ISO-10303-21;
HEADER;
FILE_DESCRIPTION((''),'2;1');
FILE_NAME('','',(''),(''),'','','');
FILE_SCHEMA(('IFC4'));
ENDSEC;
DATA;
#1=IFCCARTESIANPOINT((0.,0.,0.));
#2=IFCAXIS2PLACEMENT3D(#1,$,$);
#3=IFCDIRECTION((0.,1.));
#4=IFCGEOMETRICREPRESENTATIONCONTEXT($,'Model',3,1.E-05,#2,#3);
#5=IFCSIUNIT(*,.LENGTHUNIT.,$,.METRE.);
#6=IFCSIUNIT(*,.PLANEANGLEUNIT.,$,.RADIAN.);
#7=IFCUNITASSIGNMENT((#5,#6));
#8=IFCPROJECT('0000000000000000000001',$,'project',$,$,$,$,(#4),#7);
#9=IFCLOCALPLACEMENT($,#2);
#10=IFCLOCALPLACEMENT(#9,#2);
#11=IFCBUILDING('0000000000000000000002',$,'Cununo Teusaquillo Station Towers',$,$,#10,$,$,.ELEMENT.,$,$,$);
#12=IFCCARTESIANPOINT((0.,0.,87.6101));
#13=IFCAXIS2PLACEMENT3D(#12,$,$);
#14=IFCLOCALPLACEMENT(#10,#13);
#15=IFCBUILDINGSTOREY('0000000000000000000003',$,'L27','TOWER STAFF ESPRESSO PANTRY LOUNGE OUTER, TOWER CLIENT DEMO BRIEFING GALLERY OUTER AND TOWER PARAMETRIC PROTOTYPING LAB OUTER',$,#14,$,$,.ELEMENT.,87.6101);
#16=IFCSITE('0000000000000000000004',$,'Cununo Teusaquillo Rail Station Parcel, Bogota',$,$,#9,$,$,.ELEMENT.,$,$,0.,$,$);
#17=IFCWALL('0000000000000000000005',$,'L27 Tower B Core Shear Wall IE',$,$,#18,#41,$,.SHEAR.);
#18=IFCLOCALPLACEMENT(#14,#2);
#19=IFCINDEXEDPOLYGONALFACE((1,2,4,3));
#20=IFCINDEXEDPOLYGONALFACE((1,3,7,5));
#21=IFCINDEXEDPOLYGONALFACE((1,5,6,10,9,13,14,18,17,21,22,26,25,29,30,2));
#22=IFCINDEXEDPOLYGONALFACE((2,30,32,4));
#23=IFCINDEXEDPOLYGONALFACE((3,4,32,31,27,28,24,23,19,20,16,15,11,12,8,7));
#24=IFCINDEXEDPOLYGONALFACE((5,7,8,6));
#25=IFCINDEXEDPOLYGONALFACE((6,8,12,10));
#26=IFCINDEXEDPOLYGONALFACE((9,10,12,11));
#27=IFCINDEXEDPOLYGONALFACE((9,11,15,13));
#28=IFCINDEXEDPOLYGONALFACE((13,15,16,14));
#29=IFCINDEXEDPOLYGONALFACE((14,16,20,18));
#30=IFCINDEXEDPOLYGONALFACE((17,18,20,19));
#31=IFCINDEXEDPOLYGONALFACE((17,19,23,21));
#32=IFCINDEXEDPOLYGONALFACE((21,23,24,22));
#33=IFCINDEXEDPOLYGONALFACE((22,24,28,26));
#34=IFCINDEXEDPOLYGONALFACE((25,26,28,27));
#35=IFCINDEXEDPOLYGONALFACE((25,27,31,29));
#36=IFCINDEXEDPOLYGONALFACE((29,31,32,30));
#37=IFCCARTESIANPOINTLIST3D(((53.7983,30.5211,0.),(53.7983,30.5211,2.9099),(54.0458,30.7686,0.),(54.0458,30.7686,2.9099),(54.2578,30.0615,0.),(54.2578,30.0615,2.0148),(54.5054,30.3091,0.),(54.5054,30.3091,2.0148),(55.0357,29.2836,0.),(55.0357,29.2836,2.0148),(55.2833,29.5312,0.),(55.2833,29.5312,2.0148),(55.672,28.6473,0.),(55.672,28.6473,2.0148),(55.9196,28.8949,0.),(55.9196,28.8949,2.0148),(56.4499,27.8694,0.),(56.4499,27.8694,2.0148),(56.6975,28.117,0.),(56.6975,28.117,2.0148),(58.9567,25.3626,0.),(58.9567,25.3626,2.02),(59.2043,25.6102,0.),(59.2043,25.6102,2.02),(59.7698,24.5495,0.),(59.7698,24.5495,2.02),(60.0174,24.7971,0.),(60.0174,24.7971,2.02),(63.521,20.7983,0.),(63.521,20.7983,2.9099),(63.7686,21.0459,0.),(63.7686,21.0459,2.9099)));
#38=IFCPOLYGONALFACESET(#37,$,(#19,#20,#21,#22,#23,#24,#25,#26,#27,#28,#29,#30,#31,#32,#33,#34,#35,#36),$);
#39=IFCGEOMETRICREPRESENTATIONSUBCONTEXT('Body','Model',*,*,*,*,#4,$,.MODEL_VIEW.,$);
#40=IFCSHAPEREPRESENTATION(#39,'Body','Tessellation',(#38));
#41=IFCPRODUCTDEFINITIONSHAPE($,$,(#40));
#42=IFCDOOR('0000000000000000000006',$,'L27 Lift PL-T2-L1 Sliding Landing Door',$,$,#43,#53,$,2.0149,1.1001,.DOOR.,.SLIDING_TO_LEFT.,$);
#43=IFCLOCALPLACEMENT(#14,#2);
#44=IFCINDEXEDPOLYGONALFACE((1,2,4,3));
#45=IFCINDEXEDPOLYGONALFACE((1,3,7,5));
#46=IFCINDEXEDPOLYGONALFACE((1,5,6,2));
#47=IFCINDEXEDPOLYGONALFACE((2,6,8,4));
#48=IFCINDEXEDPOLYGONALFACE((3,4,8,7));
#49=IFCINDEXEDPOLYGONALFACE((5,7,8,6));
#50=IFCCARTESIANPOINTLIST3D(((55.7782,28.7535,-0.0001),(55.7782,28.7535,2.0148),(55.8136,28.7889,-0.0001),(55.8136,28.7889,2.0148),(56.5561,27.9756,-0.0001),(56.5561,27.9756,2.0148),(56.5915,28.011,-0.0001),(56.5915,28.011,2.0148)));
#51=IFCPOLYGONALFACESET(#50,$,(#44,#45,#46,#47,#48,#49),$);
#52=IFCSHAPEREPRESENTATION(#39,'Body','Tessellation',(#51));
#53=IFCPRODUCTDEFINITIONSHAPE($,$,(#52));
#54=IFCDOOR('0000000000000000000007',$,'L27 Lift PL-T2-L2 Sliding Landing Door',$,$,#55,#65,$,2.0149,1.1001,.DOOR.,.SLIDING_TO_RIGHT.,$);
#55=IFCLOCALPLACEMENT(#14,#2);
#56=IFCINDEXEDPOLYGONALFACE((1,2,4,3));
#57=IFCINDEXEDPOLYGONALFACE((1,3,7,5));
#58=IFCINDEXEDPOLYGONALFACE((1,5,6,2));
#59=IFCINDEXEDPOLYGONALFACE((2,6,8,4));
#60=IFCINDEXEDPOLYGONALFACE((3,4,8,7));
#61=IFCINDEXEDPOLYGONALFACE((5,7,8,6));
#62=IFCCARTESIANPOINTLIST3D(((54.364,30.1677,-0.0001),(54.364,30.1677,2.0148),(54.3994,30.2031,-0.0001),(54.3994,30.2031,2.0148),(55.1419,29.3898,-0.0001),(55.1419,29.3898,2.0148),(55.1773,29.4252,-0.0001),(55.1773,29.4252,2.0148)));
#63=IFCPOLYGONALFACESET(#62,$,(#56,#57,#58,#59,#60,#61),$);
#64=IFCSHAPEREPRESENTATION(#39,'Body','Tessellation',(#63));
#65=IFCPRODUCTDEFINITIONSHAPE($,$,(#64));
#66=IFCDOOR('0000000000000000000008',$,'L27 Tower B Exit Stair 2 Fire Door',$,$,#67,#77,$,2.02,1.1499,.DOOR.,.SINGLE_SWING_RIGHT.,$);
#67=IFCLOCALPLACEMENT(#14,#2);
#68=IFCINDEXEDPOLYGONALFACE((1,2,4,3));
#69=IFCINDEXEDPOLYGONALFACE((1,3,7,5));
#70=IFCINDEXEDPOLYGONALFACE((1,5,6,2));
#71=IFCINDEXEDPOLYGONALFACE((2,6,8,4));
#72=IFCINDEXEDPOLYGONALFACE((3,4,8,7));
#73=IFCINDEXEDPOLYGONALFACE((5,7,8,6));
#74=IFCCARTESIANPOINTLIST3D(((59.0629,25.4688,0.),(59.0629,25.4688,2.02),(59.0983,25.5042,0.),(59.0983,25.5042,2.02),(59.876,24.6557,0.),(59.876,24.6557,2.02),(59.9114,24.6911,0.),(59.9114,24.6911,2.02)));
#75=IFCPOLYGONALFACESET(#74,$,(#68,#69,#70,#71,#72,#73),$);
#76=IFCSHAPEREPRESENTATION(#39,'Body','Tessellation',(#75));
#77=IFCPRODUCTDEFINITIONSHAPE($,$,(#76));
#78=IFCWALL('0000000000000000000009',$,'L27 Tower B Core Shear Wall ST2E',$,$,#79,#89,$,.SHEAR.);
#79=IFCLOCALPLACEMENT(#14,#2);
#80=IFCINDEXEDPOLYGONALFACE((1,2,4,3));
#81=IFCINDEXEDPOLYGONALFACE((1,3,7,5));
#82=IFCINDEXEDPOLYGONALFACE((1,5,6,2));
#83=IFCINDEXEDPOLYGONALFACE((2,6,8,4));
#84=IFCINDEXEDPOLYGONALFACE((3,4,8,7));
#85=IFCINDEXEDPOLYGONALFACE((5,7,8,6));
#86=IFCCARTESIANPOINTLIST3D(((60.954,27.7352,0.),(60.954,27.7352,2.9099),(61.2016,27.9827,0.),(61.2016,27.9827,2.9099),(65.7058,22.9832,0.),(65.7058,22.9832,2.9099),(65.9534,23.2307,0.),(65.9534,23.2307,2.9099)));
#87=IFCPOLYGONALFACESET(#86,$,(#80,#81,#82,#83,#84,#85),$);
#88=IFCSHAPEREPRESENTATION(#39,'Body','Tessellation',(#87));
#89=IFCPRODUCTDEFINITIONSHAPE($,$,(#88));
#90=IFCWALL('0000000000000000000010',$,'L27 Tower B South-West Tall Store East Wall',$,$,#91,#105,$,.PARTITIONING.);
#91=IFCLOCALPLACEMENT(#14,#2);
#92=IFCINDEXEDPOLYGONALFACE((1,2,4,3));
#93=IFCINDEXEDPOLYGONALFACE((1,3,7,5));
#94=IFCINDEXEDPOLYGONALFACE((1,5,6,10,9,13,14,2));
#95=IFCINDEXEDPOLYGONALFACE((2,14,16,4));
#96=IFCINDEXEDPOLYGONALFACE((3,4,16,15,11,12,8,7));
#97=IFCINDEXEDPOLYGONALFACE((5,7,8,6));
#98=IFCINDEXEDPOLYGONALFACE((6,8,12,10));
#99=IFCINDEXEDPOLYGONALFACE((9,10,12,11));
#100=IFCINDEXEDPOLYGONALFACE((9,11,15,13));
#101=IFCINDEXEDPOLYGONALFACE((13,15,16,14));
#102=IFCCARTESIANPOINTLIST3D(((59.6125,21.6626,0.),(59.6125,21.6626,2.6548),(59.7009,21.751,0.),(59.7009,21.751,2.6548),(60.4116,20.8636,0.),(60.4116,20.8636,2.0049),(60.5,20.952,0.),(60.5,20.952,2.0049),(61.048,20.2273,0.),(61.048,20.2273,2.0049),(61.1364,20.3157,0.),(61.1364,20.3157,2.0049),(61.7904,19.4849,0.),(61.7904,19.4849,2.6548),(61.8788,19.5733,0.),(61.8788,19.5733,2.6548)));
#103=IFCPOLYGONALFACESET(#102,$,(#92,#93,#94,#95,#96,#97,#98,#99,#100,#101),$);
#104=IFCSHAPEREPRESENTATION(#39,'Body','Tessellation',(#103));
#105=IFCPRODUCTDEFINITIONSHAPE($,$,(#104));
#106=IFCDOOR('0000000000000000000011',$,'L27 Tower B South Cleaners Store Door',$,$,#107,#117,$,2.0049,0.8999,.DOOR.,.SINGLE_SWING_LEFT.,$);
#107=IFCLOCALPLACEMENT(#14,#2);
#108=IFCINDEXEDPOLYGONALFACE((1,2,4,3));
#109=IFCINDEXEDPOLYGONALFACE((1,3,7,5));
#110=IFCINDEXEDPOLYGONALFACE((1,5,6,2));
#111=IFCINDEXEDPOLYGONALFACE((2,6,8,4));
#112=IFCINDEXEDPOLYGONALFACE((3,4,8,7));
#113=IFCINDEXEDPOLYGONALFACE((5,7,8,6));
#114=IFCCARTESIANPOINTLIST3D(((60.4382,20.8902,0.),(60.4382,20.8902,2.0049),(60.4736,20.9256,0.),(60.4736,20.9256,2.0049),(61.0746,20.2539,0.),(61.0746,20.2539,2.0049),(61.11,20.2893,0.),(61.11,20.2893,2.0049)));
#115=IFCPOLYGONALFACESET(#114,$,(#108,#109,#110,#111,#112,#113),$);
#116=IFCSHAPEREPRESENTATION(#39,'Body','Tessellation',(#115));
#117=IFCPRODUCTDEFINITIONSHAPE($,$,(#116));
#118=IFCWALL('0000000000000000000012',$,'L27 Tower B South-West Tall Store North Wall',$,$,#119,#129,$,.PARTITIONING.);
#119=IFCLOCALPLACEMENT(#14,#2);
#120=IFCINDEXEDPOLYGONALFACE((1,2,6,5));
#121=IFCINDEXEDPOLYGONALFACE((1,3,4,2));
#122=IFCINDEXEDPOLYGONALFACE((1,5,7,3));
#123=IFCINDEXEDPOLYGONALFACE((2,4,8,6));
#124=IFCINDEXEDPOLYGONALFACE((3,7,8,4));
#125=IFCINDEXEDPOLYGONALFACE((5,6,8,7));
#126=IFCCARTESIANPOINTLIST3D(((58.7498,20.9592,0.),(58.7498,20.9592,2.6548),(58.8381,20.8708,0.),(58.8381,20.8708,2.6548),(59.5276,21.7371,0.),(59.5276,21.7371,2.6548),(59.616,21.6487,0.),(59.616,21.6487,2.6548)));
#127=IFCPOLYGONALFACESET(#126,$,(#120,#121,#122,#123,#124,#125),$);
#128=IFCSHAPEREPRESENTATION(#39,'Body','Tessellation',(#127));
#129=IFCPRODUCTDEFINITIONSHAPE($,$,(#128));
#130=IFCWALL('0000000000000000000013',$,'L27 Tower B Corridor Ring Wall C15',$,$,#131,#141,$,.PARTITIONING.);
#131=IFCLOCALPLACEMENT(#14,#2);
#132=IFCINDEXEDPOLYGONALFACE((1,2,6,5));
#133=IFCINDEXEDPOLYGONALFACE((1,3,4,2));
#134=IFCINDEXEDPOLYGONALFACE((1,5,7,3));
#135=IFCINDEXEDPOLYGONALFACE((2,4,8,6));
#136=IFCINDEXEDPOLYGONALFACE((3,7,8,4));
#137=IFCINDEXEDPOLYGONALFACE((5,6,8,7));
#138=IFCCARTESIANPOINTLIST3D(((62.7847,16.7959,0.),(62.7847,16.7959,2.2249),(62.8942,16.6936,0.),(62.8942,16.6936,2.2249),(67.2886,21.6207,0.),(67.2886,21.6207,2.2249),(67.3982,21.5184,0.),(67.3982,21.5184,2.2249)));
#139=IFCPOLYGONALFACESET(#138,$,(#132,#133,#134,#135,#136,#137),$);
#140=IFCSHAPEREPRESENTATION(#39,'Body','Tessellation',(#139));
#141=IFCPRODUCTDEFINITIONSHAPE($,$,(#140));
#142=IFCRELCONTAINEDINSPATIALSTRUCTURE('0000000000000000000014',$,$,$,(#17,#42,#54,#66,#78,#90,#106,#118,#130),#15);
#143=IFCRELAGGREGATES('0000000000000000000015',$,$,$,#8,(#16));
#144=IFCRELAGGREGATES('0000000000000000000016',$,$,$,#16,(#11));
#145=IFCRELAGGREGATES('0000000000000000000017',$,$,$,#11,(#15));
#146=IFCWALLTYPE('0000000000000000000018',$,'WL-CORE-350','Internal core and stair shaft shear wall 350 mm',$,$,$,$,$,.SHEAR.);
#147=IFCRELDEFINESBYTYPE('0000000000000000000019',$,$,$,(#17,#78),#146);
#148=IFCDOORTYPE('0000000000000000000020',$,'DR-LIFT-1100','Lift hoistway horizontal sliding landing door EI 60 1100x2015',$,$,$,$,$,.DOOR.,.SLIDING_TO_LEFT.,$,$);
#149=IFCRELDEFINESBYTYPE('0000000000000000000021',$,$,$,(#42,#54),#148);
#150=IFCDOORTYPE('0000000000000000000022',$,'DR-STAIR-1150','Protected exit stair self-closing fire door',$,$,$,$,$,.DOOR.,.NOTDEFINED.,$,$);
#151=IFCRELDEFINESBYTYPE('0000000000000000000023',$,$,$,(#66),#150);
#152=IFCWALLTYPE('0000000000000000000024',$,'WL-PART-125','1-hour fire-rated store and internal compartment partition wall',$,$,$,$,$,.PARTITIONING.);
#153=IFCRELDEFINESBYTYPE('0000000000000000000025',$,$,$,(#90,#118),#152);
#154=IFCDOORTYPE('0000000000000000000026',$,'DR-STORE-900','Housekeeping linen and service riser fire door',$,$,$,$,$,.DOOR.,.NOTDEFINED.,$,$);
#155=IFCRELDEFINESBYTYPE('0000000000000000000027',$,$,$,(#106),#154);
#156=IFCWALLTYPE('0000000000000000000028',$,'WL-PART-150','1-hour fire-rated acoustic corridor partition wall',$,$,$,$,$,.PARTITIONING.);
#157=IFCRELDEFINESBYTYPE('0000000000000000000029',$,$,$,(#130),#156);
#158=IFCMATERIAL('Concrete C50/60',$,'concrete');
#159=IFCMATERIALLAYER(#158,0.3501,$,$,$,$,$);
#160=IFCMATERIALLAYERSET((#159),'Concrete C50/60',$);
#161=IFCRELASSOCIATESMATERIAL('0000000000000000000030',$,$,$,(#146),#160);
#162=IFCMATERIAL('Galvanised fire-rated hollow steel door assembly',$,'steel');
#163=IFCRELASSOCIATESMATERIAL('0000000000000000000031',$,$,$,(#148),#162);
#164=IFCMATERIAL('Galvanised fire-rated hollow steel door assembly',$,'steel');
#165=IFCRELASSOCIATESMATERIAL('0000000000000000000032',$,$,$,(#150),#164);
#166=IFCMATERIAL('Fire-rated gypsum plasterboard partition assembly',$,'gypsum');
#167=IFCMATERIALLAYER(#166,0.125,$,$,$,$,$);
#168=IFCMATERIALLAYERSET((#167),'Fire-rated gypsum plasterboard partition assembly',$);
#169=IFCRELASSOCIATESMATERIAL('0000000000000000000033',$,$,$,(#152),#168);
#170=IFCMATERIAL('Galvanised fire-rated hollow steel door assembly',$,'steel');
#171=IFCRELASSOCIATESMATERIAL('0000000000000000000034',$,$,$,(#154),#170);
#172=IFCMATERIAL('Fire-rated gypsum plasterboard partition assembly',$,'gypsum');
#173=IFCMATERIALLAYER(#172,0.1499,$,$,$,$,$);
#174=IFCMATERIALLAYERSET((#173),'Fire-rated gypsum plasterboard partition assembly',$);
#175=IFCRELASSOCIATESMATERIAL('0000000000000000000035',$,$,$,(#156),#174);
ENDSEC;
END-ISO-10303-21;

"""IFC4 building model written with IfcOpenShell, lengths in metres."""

from ifc_helpers import new_model, si_unit, direction, frame, frame_2d, origin, place, context, subcontext, project, spatial, rectangle, extrude, source, transform, mapped, material, layer, layer_set, type_object, element, fill, save


model = new_model("IFC4")

# Units and contexts
model_context = context("Model", 3, precision=1e-05, world=origin(), true_north=direction((0.0, 1.0)))
body_context = subcontext(model_context, "Body", "Model", "MODEL_VIEW")
ifc_project = project(units=[si_unit("LENGTHUNIT", "METRE"), si_unit("PLANEANGLEUNIT", "RADIAN")], contexts=[model_context])

# Site, building, storey
site_placement = place(None, origin())
site = spatial("IfcSite", under=ifc_project, at=site_placement, Name="Cununo Teusaquillo Rail Station Parcel, Bogota", CompositionType="ELEMENT", RefElevation=0.0)
building_placement = place(site_placement, origin())
building = spatial("IfcBuilding", under=site, at=building_placement, Name="Cununo Teusaquillo Station Towers", CompositionType="ELEMENT")
storey_placement = place(building_placement, frame((0.0, 0.0, 87.6101)))
storey = spatial("IfcBuildingStorey", under=building, at=storey_placement, Name="L27", Description="TOWER STAFF ESPRESSO PANTRY LOUNGE OUTER, TOWER CLIENT DEMO BRIEFING GALLERY OUTER AND TOWER PARAMETRIC PROTOTYPING LAB OUTER", CompositionType="ELEMENT", Elevation=87.6101)

# Wall, openings, doors
ifc_material_1 = material(Name="Concrete C50/60", Category="concrete")
ifc_layer_1 = layer(ifc_material_1, 0.3501)
ifc_layer_set_1 = layer_set([ifc_layer_1], Name="Concrete C50/60")
wall_type_1 = type_object("IfcWallType", Name="WL-CORE-350", Description="Internal core and stair shaft shear wall 350 mm", PredefinedType="SHEAR", material=ifc_layer_set_1)
shared_shape_1 = source(origin(), body_context, "Body", "SweptSolid", [
    extrude(rectangle(XDim=1.1001, YDim=2.0149, at=frame_2d((0.55, 1.0073))), frame((0.0, 0.1851, 0.0), z_axis=(0.0, -1.0, 0.0), x_axis=(1.0, 0.0, 0.0)), (0.0, 0.0, 1.0), 0.3701),
])
shared_shape_2 = source(origin(), body_context, "Body", "SweptSolid", [
    extrude(rectangle(XDim=1.1499, YDim=2.02, at=frame_2d((0.575, 1.01))), frame((0.0, 0.1851, 0.0), z_axis=(0.0, -1.0, 0.0), x_axis=(1.0, 0.0, 0.0)), (0.0, 0.0, 1.0), 0.3701),
])
ifc_material_2 = material(Name="Galvanised fire-rated hollow steel door assembly", Category="steel")
door_type_1 = type_object("IfcDoorType", Name="DR-LIFT-1100", Description="Lift hoistway horizontal sliding landing door EI 60 1100x2015", OperationType="SLIDING_TO_LEFT", PredefinedType="DOOR", material=ifc_material_2)
shared_shape_3 = source(origin(), body_context, "Body", "SweptSolid", [
    extrude(rectangle(XDim=1.1001, YDim=2.0149, at=frame_2d((0.55, 1.0073))), frame((0.0, 0.0249, 0.0), z_axis=(0.0, -1.0, 0.0), x_axis=(1.0, 0.0, 0.0)), (0.0, 0.0, 1.0), 0.05),
])
ifc_material_3 = material(Name="Galvanised fire-rated hollow steel door assembly", Category="steel")
door_type_2 = type_object("IfcDoorType", Name="DR-STAIR-1150", Description="Protected exit stair self-closing fire door", OperationType="NOTDEFINED", PredefinedType="DOOR", material=ifc_material_3)
shared_shape_4 = source(origin(), body_context, "Body", "SweptSolid", [
    extrude(rectangle(XDim=1.1499, YDim=2.02, at=frame_2d((0.575, 1.01))), frame((0.0, 0.0249, 0.0), z_axis=(0.0, -1.0, 0.0), x_axis=(1.0, 0.0, 0.0)), (0.0, 0.0, 1.0), 0.05),
])
wall_1_placement = place(storey_placement, frame((63.6448, 20.9221, 0.0), z_axis=(0.0, 0.0, 1.0), x_axis=(-0.707107, 0.707107, 0.0)))
wall_1 = element("IfcWall", 1, at=wall_1_placement, inside=storey, type_object=wall_type_1, Name="L27 Tower B Core Shear Wall IE", PredefinedType="SHEAR", context=body_context, shape_type="SweptSolid", body=[
    extrude(rectangle(XDim=13.75, YDim=0.3501, at=frame_2d((6.875, 0.0))), origin(), (0.0, 0.0, 1.0), 2.9099),
])
opening_1_placement = place(wall_1_placement, frame((10.0, 0.0, 0.0)))
opening_1 = element("IfcOpeningElement", 2, at=opening_1_placement, cuts=wall_1, PredefinedType="OPENING", context=body_context, shape_type="MappedRepresentation", body=[
    mapped(shared_shape_1, transform((0.0, 0.0, 0.0), x_axis=(1.0, 0.0, 0.0), y_axis=(0.0, 1.0, 0.0), z_axis=(0.0, 0.0, 1.0), scale=1.0)),
])
opening_2_placement = place(wall_1_placement, frame((12.0, 0.0, 0.0)))
opening_2 = element("IfcOpeningElement", 3, at=opening_2_placement, cuts=wall_1, PredefinedType="OPENING", context=body_context, shape_type="MappedRepresentation", body=[
    mapped(shared_shape_1, transform((0.0, 0.0, 0.0), x_axis=(1.0, 0.0, 0.0), y_axis=(0.0, 1.0, 0.0), z_axis=(0.0, 0.0, 1.0), scale=1.0)),
])
opening_3_placement = place(wall_1_placement, frame((5.3049, 0.0, 0.0)))
opening_3 = element("IfcOpeningElement", 4, at=opening_3_placement, cuts=wall_1, PredefinedType="OPENING", context=body_context, shape_type="MappedRepresentation", body=[
    mapped(shared_shape_2, transform((0.0, 0.0, 0.0), x_axis=(1.0, 0.0, 0.0), y_axis=(0.0, 1.0, 0.0), z_axis=(0.0, 0.0, 1.0), scale=1.0)),
])
door_1_placement = place(opening_1_placement, origin())
door_1 = element("IfcDoor", 5, at=door_1_placement, inside=storey, type_object=door_type_1, Name="L27 Lift PL-T2-L1 Sliding Landing Door", OperationType="SLIDING_TO_LEFT", OverallHeight=2.0149, OverallWidth=1.1001, PredefinedType="DOOR", context=body_context, shape_type="MappedRepresentation", body=[
    mapped(shared_shape_3, transform((0.0, 0.0, 0.0), x_axis=(1.0, 0.0, 0.0), y_axis=(0.0, 1.0, 0.0), z_axis=(0.0, 0.0, 1.0), scale=1.0)),
])
fill(opening_1, door_1)
door_2_placement = place(opening_2_placement, origin())
door_2 = element("IfcDoor", 6, at=door_2_placement, inside=storey, type_object=door_type_1, Name="L27 Lift PL-T2-L2 Sliding Landing Door", OperationType="SLIDING_TO_RIGHT", OverallHeight=2.0149, OverallWidth=1.1001, PredefinedType="DOOR", context=body_context, shape_type="MappedRepresentation", body=[
    mapped(shared_shape_3, transform((0.0, 0.0, 0.0), x_axis=(1.0, 0.0, 0.0), y_axis=(0.0, 1.0, 0.0), z_axis=(0.0, 0.0, 1.0), scale=1.0)),
])
fill(opening_2, door_2)
door_3_placement = place(opening_3_placement, origin())
door_3 = element("IfcDoor", 7, at=door_3_placement, inside=storey, type_object=door_type_2, Name="L27 Tower B Exit Stair 2 Fire Door", OperationType="SINGLE_SWING_RIGHT", OverallHeight=2.02, OverallWidth=1.1499, PredefinedType="DOOR", context=body_context, shape_type="MappedRepresentation", body=[
    mapped(shared_shape_4, transform((0.0, 0.0, 0.0), x_axis=(1.0, 0.0, 0.0), y_axis=(0.0, 1.0, 0.0), z_axis=(0.0, 0.0, 1.0), scale=1.0)),
])
fill(opening_3, door_3)

# Wall
wall_2_placement = place(storey_placement, frame((65.8296, 23.1069, 0.0), z_axis=(0.0, 0.0, 1.0), x_axis=(-0.707089, 0.707125, 0.0)))
element("IfcWall", 8, at=wall_2_placement, inside=storey, type_object=wall_type_1, Name="L27 Tower B Core Shear Wall ST2E", PredefinedType="SHEAR", context=body_context, shape_type="SweptSolid", body=[
    extrude(rectangle(XDim=6.7202, YDim=0.3501, at=frame_2d((3.3601, 0.0))), origin(), (0.0, 0.0, 1.0), 2.9099),
])

# Wall, opening, door
ifc_material_4 = material(Name="Fire-rated gypsum plasterboard partition assembly", Category="gypsum")
ifc_layer_2 = layer(ifc_material_4, 0.125)
ifc_layer_set_2 = layer_set([ifc_layer_2], Name="Fire-rated gypsum plasterboard partition assembly")
wall_type_2 = type_object("IfcWallType", Name="WL-PART-125", Description="1-hour fire-rated store and internal compartment partition wall", PredefinedType="PARTITIONING", material=ifc_layer_set_2)
wall_3_placement = place(storey_placement, frame((61.8347, 19.5291, 0.0), z_axis=(0.0, 0.0, 1.0), x_axis=(-0.707146, 0.707067, 0.0)))
wall_3 = element("IfcWall", 9, at=wall_3_placement, inside=storey, type_object=wall_type_2, Name="L27 Tower B South-West Tall Store East Wall", PredefinedType="PARTITIONING", context=body_context, shape_type="SweptSolid", body=[
    extrude(rectangle(XDim=3.0798, YDim=0.125, at=frame_2d((1.54, 0.0))), origin(), (0.0, 0.0, 1.0), 2.6548),
])
shared_shape_5 = source(origin(), body_context, "Body", "SweptSolid", [
    extrude(rectangle(XDim=0.8999, YDim=2.0049, at=frame_2d((0.45, 1.0024))), frame((0.0, 0.0725, 0.0), z_axis=(0.0, -1.0, 0.0), x_axis=(1.0, 0.0, 0.0)), (0.0, 0.0, 1.0), 0.145),
])
opening_4_placement = place(wall_3_placement, frame((1.05, 0.0, 0.0)))
opening_4 = element("IfcOpeningElement", 10, at=opening_4_placement, cuts=wall_3, PredefinedType="OPENING", context=body_context, shape_type="MappedRepresentation", body=[
    mapped(shared_shape_5, transform((0.0, 0.0, 0.0), x_axis=(1.0, 0.0, 0.0), y_axis=(0.0, 1.0, 0.0), z_axis=(0.0, 0.0, 1.0), scale=1.0)),
])
ifc_material_5 = material(Name="Galvanised fire-rated hollow steel door assembly", Category="steel")
door_type_3 = type_object("IfcDoorType", Name="DR-STORE-900", Description="Housekeeping linen and service riser fire door", OperationType="NOTDEFINED", PredefinedType="DOOR", material=ifc_material_5)
shared_shape_6 = source(origin(), body_context, "Body", "SweptSolid", [
    extrude(rectangle(XDim=0.8999, YDim=2.0049, at=frame_2d((0.45, 1.0024))), frame((0.0, 0.0249, 0.0), z_axis=(0.0, -1.0, 0.0), x_axis=(1.0, 0.0, 0.0)), (0.0, 0.0, 1.0), 0.05),
])
door_4_placement = place(opening_4_placement, origin())
door_4 = element("IfcDoor", 11, at=door_4_placement, inside=storey, type_object=door_type_3, Name="L27 Tower B South Cleaners Store Door", OperationType="SINGLE_SWING_LEFT", OverallHeight=2.0049, OverallWidth=0.8999, PredefinedType="DOOR", context=body_context, shape_type="MappedRepresentation", body=[
    mapped(shared_shape_6, transform((0.0, 0.0, 0.0), x_axis=(1.0, 0.0, 0.0), y_axis=(0.0, 1.0, 0.0), z_axis=(0.0, 0.0, 1.0), scale=1.0)),
])
fill(opening_4, door_4)

# Walls
wall_4_placement = place(storey_placement, frame((58.7939, 20.915, 0.0), z_axis=(0.0, 0.0, 1.0), x_axis=(0.707107, 0.707107, 0.0)))
element("IfcWall", 12, at=wall_4_placement, inside=storey, type_object=wall_type_2, Name="L27 Tower B South-West Tall Store North Wall", PredefinedType="PARTITIONING", context=body_context, shape_type="SweptSolid", body=[
    extrude(rectangle(XDim=1.1001, YDim=0.125, at=frame_2d((0.55, 0.0))), origin(), (0.0, 0.0, 1.0), 2.6548),
])
ifc_material_6 = material(Name="Fire-rated gypsum plasterboard partition assembly", Category="gypsum")
ifc_layer_3 = layer(ifc_material_6, 0.1499)
ifc_layer_set_3 = layer_set([ifc_layer_3], Name="Fire-rated gypsum plasterboard partition assembly")
wall_type_3 = type_object("IfcWallType", Name="WL-PART-150", Description="1-hour fire-rated acoustic corridor partition wall", PredefinedType="PARTITIONING", material=ifc_layer_set_3)
wall_5_placement = place(storey_placement, frame((62.8394, 16.7446, 0.0), z_axis=(0.0, 0.0, 1.0), x_axis=(0.682387, 0.730991, 0.0)))
element("IfcWall", 13, at=wall_5_placement, inside=storey, type_object=wall_type_3, Name="L27 Tower B Corridor Ring Wall C15", PredefinedType="PARTITIONING", context=body_context, shape_type="SweptSolid", body=[
    extrude(rectangle(XDim=6.6003, YDim=0.1499, at=frame_2d((3.3003, 0.0))), origin(), (0.0, 0.0, 1.0), 2.2249),
])

save(model, "model.ifc")
